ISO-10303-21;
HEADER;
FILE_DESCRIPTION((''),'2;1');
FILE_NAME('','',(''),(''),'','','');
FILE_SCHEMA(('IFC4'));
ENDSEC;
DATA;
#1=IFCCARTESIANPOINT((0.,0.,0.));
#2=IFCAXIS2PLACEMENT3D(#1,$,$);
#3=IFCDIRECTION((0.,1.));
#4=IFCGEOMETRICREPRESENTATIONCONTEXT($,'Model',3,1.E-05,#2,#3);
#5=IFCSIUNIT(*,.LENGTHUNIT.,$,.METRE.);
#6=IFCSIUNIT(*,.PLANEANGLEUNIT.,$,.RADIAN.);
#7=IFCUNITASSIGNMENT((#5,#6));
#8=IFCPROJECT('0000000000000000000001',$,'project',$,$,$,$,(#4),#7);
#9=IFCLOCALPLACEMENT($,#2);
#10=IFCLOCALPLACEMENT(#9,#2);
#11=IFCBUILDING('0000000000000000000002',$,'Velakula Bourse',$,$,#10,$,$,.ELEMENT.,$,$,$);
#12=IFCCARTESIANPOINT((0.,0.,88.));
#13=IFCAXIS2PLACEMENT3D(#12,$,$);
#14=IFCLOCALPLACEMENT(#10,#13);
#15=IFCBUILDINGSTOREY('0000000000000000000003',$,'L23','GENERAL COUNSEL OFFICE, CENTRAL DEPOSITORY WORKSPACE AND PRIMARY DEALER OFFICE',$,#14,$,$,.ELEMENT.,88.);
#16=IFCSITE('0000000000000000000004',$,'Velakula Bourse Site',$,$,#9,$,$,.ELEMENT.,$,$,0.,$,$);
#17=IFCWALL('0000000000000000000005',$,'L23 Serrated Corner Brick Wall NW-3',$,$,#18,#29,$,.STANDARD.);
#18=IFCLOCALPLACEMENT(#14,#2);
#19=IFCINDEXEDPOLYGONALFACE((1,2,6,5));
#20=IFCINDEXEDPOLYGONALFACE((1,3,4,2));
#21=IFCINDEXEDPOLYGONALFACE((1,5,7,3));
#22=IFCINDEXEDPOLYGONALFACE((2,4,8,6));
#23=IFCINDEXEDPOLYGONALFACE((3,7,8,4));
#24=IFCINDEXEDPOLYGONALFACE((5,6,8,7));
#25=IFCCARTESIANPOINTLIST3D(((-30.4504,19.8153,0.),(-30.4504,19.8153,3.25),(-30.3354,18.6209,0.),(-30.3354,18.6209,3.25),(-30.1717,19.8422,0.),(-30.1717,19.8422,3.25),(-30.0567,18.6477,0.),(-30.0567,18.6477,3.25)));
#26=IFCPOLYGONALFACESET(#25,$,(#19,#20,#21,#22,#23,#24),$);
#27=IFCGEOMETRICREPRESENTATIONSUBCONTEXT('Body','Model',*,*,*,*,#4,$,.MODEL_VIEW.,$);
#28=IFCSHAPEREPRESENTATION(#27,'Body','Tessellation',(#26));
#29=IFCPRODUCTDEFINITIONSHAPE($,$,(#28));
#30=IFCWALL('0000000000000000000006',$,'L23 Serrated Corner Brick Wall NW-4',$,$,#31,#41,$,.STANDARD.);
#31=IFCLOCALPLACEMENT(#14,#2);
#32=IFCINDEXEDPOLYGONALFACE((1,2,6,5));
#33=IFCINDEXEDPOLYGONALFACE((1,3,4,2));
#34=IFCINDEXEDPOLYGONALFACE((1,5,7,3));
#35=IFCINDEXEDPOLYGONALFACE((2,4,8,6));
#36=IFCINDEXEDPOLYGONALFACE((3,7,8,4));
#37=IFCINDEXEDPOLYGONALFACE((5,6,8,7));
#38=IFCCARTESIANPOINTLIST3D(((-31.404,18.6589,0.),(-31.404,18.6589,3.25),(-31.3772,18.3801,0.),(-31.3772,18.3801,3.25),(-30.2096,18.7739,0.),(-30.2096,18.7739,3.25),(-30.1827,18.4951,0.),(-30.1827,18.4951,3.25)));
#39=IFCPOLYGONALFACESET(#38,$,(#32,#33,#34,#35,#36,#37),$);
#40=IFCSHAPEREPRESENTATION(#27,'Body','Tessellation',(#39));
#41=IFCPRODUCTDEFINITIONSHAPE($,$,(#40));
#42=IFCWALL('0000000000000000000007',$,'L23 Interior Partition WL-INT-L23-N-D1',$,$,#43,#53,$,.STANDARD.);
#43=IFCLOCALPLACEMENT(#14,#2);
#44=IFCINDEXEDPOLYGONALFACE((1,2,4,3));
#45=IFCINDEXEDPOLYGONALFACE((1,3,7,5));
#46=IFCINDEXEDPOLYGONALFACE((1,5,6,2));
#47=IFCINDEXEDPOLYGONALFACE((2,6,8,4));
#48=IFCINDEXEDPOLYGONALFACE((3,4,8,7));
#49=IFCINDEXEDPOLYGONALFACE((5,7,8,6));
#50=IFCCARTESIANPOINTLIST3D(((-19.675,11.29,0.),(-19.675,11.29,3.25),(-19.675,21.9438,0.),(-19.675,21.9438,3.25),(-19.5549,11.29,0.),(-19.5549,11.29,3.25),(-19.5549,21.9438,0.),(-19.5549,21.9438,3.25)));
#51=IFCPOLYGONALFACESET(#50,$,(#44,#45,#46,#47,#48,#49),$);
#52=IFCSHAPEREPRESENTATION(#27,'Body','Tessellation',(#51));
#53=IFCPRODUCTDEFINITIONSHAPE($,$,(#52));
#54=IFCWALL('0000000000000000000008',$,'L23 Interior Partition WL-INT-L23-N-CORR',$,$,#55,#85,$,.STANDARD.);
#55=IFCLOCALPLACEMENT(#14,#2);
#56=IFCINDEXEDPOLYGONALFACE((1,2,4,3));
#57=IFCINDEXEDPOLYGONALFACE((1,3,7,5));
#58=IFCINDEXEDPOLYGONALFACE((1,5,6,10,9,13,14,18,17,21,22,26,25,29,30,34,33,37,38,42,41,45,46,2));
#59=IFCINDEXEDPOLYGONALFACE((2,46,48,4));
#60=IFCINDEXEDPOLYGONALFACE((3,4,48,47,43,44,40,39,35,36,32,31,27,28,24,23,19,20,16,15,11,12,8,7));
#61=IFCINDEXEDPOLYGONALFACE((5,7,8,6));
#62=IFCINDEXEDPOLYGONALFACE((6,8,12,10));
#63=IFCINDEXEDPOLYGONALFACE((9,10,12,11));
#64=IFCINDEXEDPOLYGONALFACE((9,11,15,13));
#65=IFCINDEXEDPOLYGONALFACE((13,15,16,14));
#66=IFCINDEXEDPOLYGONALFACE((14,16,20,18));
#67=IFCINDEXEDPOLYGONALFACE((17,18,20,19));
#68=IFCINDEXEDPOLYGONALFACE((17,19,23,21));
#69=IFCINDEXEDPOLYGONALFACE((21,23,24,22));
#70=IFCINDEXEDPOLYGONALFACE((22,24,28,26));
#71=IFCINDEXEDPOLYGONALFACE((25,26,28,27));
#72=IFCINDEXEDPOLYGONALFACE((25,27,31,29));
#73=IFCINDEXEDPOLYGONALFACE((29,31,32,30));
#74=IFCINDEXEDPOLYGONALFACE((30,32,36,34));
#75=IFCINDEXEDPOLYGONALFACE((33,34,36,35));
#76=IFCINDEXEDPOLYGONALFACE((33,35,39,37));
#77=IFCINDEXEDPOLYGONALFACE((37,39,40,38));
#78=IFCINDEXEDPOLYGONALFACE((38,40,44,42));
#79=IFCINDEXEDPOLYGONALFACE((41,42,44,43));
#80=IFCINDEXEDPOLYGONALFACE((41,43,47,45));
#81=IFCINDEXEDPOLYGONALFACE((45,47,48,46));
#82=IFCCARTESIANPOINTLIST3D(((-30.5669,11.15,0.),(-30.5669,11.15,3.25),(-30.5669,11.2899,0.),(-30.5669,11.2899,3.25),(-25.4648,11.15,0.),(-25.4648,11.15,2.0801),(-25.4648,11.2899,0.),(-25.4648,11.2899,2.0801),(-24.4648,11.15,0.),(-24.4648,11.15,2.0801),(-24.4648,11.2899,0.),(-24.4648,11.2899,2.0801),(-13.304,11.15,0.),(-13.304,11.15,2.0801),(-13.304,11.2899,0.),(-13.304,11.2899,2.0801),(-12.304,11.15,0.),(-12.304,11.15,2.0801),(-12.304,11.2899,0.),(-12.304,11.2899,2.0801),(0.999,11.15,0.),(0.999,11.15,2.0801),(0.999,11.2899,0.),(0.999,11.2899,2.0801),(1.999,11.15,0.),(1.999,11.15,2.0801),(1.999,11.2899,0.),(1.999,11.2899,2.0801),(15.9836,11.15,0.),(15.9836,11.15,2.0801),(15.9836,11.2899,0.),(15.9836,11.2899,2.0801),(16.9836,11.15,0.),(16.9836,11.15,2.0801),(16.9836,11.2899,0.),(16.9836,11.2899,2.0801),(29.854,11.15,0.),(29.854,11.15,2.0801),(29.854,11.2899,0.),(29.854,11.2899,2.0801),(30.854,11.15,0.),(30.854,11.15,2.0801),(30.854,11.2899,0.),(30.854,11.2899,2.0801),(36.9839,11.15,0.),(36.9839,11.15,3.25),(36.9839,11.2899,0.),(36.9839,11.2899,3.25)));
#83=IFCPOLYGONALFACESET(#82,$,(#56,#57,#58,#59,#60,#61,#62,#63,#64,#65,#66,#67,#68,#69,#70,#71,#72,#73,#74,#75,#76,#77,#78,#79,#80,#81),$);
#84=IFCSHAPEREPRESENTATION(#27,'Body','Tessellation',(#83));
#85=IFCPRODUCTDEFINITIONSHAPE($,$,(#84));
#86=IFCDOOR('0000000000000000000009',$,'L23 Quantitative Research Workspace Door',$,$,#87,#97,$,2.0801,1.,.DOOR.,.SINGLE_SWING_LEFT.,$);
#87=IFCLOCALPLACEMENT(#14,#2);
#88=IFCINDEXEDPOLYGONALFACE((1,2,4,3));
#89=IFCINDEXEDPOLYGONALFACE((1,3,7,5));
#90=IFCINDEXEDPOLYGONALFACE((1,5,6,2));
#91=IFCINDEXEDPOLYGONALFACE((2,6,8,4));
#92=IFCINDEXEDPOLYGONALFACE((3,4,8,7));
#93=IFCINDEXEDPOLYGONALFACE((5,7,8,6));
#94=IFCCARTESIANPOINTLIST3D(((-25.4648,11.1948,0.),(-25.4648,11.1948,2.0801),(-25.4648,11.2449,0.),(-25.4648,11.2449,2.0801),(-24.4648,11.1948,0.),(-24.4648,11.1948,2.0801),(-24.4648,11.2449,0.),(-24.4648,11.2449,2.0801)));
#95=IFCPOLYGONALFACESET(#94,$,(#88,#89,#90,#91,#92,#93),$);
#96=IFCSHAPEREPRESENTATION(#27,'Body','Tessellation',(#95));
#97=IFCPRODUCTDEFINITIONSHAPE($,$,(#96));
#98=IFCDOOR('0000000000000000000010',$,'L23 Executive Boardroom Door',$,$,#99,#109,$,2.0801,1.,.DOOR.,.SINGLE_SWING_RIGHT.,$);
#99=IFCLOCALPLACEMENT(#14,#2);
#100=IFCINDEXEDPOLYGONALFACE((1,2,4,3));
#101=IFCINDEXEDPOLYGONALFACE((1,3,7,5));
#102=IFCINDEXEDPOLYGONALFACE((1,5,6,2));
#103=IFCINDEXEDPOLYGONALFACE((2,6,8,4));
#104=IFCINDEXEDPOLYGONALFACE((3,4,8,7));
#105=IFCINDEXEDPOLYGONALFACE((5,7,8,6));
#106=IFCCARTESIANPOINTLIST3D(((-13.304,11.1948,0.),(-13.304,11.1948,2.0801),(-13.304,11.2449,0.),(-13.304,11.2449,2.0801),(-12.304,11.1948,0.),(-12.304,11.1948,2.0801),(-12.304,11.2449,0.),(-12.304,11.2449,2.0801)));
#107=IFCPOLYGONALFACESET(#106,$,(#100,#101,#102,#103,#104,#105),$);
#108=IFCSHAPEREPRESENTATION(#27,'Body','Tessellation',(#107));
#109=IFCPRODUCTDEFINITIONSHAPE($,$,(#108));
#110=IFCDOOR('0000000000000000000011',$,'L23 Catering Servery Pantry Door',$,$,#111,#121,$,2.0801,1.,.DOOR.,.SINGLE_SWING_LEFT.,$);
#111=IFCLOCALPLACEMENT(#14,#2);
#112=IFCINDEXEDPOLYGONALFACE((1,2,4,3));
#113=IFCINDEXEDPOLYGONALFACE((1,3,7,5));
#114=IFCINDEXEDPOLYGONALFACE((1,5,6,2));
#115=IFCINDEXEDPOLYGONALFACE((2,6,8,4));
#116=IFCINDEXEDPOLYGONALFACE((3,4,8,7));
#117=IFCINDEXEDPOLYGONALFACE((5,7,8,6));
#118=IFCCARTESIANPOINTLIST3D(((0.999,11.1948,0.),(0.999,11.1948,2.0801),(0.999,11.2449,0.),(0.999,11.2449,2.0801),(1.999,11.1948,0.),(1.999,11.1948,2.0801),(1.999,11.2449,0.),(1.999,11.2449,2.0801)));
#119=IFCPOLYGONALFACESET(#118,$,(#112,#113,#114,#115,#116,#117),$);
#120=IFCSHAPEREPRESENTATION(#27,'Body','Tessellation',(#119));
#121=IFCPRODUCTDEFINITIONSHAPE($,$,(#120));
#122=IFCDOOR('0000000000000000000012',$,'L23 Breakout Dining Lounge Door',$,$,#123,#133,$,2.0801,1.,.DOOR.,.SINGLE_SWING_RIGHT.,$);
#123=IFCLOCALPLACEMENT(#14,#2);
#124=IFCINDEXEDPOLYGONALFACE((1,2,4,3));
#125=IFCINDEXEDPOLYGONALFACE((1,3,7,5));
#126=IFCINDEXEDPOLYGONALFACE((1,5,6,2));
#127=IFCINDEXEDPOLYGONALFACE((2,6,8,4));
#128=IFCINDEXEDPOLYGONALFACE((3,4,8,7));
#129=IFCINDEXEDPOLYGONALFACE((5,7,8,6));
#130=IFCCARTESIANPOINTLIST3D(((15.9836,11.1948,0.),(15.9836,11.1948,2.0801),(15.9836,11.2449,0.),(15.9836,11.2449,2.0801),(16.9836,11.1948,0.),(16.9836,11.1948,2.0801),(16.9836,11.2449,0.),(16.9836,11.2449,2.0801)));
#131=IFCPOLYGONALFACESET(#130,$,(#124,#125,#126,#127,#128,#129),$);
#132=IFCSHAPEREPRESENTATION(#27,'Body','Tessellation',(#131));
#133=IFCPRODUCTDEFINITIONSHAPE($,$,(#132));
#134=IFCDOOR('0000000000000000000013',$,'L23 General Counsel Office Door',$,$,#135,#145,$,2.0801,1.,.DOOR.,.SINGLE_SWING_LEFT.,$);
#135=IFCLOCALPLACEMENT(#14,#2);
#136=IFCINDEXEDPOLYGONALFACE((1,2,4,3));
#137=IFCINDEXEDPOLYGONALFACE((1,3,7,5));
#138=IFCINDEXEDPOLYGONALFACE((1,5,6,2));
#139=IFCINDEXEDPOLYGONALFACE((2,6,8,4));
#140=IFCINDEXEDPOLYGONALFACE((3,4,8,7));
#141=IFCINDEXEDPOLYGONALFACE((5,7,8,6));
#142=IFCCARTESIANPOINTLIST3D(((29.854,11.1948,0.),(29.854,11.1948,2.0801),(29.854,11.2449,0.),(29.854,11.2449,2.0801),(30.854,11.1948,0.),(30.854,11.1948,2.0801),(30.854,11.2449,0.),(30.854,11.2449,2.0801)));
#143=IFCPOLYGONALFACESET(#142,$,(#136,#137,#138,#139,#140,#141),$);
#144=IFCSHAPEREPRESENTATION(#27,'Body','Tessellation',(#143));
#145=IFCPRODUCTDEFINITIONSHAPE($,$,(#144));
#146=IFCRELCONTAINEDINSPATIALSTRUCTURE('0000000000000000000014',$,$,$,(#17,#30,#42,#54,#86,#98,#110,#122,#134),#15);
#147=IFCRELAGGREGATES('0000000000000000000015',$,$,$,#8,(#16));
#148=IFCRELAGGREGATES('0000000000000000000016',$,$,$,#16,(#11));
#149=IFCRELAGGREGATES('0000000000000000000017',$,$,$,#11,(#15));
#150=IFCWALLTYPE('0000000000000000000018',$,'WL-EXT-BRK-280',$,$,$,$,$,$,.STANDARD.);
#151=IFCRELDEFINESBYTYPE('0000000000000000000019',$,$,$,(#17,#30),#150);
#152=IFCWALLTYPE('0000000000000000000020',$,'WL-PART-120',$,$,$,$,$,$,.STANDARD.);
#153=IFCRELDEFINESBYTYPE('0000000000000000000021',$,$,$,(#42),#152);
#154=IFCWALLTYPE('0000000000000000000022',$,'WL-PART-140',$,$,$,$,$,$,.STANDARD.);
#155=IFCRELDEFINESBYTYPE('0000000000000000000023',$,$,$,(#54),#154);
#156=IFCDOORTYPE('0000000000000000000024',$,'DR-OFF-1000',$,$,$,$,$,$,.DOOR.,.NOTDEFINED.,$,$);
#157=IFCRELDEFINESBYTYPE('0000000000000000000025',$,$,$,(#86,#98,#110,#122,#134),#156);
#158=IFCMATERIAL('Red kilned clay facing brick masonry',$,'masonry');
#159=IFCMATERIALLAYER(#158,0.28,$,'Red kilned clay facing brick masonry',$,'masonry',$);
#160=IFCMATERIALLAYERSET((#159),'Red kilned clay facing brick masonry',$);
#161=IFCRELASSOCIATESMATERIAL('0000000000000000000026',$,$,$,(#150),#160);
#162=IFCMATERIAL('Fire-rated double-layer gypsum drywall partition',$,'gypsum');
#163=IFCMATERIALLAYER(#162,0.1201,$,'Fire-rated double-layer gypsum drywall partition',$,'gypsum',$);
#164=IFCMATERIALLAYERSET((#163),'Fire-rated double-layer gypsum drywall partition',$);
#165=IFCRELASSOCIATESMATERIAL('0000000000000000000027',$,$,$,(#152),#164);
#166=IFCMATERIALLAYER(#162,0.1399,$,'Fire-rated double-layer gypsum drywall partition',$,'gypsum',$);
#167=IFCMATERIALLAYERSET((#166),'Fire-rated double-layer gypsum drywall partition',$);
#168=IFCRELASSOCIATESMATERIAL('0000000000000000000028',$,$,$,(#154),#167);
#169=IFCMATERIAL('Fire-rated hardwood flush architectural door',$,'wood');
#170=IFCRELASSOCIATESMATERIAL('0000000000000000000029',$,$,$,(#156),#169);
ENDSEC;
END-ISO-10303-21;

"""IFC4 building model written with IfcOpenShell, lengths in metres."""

from ifc_helpers import new_model, si_unit, direction, frame, frame_2d, origin, place, context, subcontext, project, spatial, rectangle, extrude, material, layer, layer_set, type_object, element, fill, save


model = new_model("IFC4")

# Units and contexts
model_context = context("Model", 3, precision=1e-05, world=origin(), true_north=direction((0.0, 1.0)))
body_context = subcontext(model_context, "Body", "Model", "MODEL_VIEW")
ifc_project = project(units=[si_unit("LENGTHUNIT", "METRE"), si_unit("PLANEANGLEUNIT", "RADIAN")], contexts=[model_context])

# Site, building, storey
site_placement = place(None, origin())
site = spatial("IfcSite", under=ifc_project, at=site_placement, Name="Velakula Bourse Site", CompositionType="ELEMENT", RefElevation=0.0)
building_placement = place(site_placement, origin())
building = spatial("IfcBuilding", under=site, at=building_placement, Name="Velakula Bourse", CompositionType="ELEMENT")
storey_placement = place(building_placement, frame((0.0, 0.0, 88.0)))
storey = spatial("IfcBuildingStorey", under=building, at=storey_placement, Name="L23", Description="GENERAL COUNSEL OFFICE, CENTRAL DEPOSITORY WORKSPACE AND PRIMARY DEALER OFFICE", CompositionType="ELEMENT", Elevation=88.0)

# Shared definitions
ifc_material_1 = material(Name="Red kilned clay facing brick masonry", Category="masonry")
ifc_layer_1 = layer(ifc_material_1, 0.28, Name="Red kilned clay facing brick masonry", Category="masonry")
ifc_layer_set_1 = layer_set([ifc_layer_1], Name="Red kilned clay facing brick masonry")
wall_type_1 = type_object("IfcWallType", Name="WL-EXT-BRK-280", PredefinedType="STANDARD", material=ifc_layer_set_1)

# Walls
for number, where, z_axis, x_axis, name in (
    (1, (-30.311, 19.8289, 0.0), (0.0, 0.0, 1.0), (0.095836, -0.995397, 0.0), "L23 Serrated Corner Brick Wall NW-3"),
    (2, (-30.196, 18.6345, 0.0), (0.0, 0.0, 1.0), (-0.995397, -0.095836, 0.0), "L23 Serrated Corner Brick Wall NW-4"),
):
    element("IfcWall", number, at=place(storey_placement, frame(where, z_axis=z_axis, x_axis=x_axis)), inside=storey, type_object=wall_type_1, Name=name, PredefinedType="STANDARD", context=body_context, shape_type="SweptSolid", body=[
        extrude(rectangle(XDim=1.2, YDim=0.28, at=frame_2d((0.6001, 0.0))), origin(), (0.0, 0.0, 1.0), 3.25),
    ])
ifc_material_2 = material(Name="Fire-rated double-layer gypsum drywall partition", Category="gypsum")
ifc_layer_2 = layer(ifc_material_2, 0.1201, Name="Fire-rated double-layer gypsum drywall partition", Category="gypsum")
ifc_layer_set_2 = layer_set([ifc_layer_2], Name="Fire-rated double-layer gypsum drywall partition")
wall_type_2 = type_object("IfcWallType", Name="WL-PART-120", PredefinedType="STANDARD", material=ifc_layer_set_2)
wall_1_placement = place(storey_placement, frame((-19.615, 11.29, 0.0), z_axis=(0.0, 0.0, 1.0), x_axis=(0.0, 1.0, 0.0)))
element("IfcWall", 3, at=wall_1_placement, inside=storey, type_object=wall_type_2, Name="L23 Interior Partition WL-INT-L23-N-D1", PredefinedType="STANDARD", context=body_context, shape_type="SweptSolid", body=[
    extrude(rectangle(XDim=10.6538, YDim=0.1201, at=frame_2d((5.3269, 0.0))), origin(), (0.0, 0.0, 1.0), 3.25),
])

# Wall, openings, doors
ifc_layer_3 = layer(ifc_material_2, 0.1399, Name="Fire-rated double-layer gypsum drywall partition", Category="gypsum")
ifc_layer_set_3 = layer_set([ifc_layer_3], Name="Fire-rated double-layer gypsum drywall partition")
wall_type_3 = type_object("IfcWallType", Name="WL-PART-140", PredefinedType="STANDARD", material=ifc_layer_set_3)
wall_2_placement = place(storey_placement, frame((-30.5669, 11.22, 0.0), z_axis=(0.0, 0.0, 1.0), x_axis=(1.0, 0.0, 0.0)))
wall_2 = element("IfcWall", 4, at=wall_2_placement, inside=storey, type_object=wall_type_3, Name="L23 Interior Partition WL-INT-L23-N-CORR", PredefinedType="STANDARD", context=body_context, shape_type="SweptSolid", body=[
    extrude(rectangle(XDim=67.5508, YDim=0.1399, at=frame_2d((33.7754, 0.0))), origin(), (0.0, 0.0, 1.0), 3.25),
])
opening_1_placement = place(wall_2_placement, frame((5.1021, 0.0, 0.0)))
opening_1 = element("IfcOpeningElement", 5, at=opening_1_placement, cuts=wall_2, PredefinedType="OPENING", context=body_context, shape_type="SweptSolid", body=[
    extrude(rectangle(XDim=1.0, YDim=2.0801, at=frame_2d((0.5, 1.04))), frame((0.0, 0.0798, 0.0), z_axis=(0.0, -1.0, 0.0), x_axis=(1.0, 0.0, 0.0)), (0.0, 0.0, 1.0), 0.1599),
])
opening_2_placement = place(wall_2_placement, frame((17.2629, 0.0, 0.0)))
opening_2 = element("IfcOpeningElement", 6, at=opening_2_placement, cuts=wall_2, PredefinedType="OPENING", context=body_context, shape_type="SweptSolid", body=[
    extrude(rectangle(XDim=1.0, YDim=2.0801, at=frame_2d((0.5, 1.04))), frame((0.0, 0.0798, 0.0), z_axis=(0.0, -1.0, 0.0), x_axis=(1.0, 0.0, 0.0)), (0.0, 0.0, 1.0), 0.1599),
])
opening_3_placement = place(wall_2_placement, frame((31.5659, 0.0, 0.0)))
opening_3 = element("IfcOpeningElement", 7, at=opening_3_placement, cuts=wall_2, PredefinedType="OPENING", context=body_context, shape_type="SweptSolid", body=[
    extrude(rectangle(XDim=1.0, YDim=2.0801, at=frame_2d((0.5, 1.04))), frame((0.0, 0.0798, 0.0), z_axis=(0.0, -1.0, 0.0), x_axis=(1.0, 0.0, 0.0)), (0.0, 0.0, 1.0), 0.1599),
])
opening_4_placement = place(wall_2_placement, frame((46.5505, 0.0, 0.0)))
opening_4 = element("IfcOpeningElement", 8, at=opening_4_placement, cuts=wall_2, PredefinedType="OPENING", context=body_context, shape_type="SweptSolid", body=[
    extrude(rectangle(XDim=1.0, YDim=2.0801, at=frame_2d((0.5, 1.04))), frame((0.0, 0.0798, 0.0), z_axis=(0.0, -1.0, 0.0), x_axis=(1.0, 0.0, 0.0)), (0.0, 0.0, 1.0), 0.1599),
])
opening_5_placement = place(wall_2_placement, frame((60.4209, 0.0, 0.0)))
opening_5 = element("IfcOpeningElement", 9, at=opening_5_placement, cuts=wall_2, PredefinedType="OPENING", context=body_context, shape_type="SweptSolid", body=[
    extrude(rectangle(XDim=1.0, YDim=2.0801, at=frame_2d((0.5, 1.04))), frame((0.0, 0.0798, 0.0), z_axis=(0.0, -1.0, 0.0), x_axis=(1.0, 0.0, 0.0)), (0.0, 0.0, 1.0), 0.1599),
])
ifc_material_3 = material(Name="Fire-rated hardwood flush architectural door", Category="wood")
door_type = type_object("IfcDoorType", Name="DR-OFF-1000", OperationType="NOTDEFINED", PredefinedType="DOOR", material=ifc_material_3)
door_1_placement = place(opening_1_placement, origin())
door_1 = element("IfcDoor", 10, at=door_1_placement, inside=storey, type_object=door_type, Name="L23 Quantitative Research Workspace Door", OperationType="SINGLE_SWING_LEFT", OverallHeight=2.0801, OverallWidth=1.0, PredefinedType="DOOR", context=body_context, shape_type="SweptSolid", body=[
    extrude(rectangle(XDim=1.0, YDim=2.0801, at=frame_2d((0.5, 1.04))), frame((0.0, 0.0249, 0.0), z_axis=(0.0, -1.0, 0.0), x_axis=(1.0, 0.0, 0.0)), (0.0, 0.0, 1.0), 0.05),
])
fill(opening_1, door_1)
door_2_placement = place(opening_2_placement, origin())
door_2 = element("IfcDoor", 11, at=door_2_placement, inside=storey, type_object=door_type, Name="L23 Executive Boardroom Door", OperationType="SINGLE_SWING_RIGHT", OverallHeight=2.0801, OverallWidth=1.0, PredefinedType="DOOR", context=body_context, shape_type="SweptSolid", body=[
    extrude(rectangle(XDim=1.0, YDim=2.0801, at=frame_2d((0.5, 1.04))), frame((0.0, 0.0249, 0.0), z_axis=(0.0, -1.0, 0.0), x_axis=(1.0, 0.0, 0.0)), (0.0, 0.0, 1.0), 0.05),
])
fill(opening_2, door_2)
door_3_placement = place(opening_3_placement, origin())
door_3 = element("IfcDoor", 12, at=door_3_placement, inside=storey, type_object=door_type, Name="L23 Catering Servery Pantry Door", OperationType="SINGLE_SWING_LEFT", OverallHeight=2.0801, OverallWidth=1.0, PredefinedType="DOOR", context=body_context, shape_type="SweptSolid", body=[
    extrude(rectangle(XDim=1.0, YDim=2.0801, at=frame_2d((0.5, 1.04))), frame((0.0, 0.0249, 0.0), z_axis=(0.0, -1.0, 0.0), x_axis=(1.0, 0.0, 0.0)), (0.0, 0.0, 1.0), 0.05),
])
fill(opening_3, door_3)
door_4_placement = place(opening_4_placement, origin())
door_4 = element("IfcDoor", 13, at=door_4_placement, inside=storey, type_object=door_type, Name="L23 Breakout Dining Lounge Door", OperationType="SINGLE_SWING_RIGHT", OverallHeight=2.0801, OverallWidth=1.0, PredefinedType="DOOR", context=body_context, shape_type="SweptSolid", body=[
    extrude(rectangle(XDim=1.0, YDim=2.0801, at=frame_2d((0.5, 1.04))), frame((0.0, 0.0249, 0.0), z_axis=(0.0, -1.0, 0.0), x_axis=(1.0, 0.0, 0.0)), (0.0, 0.0, 1.0), 0.05),
])
fill(opening_4, door_4)
door_5_placement = place(opening_5_placement, origin())
door_5 = element("IfcDoor", 14, at=door_5_placement, inside=storey, type_object=door_type, Name="L23 General Counsel Office Door", OperationType="SINGLE_SWING_LEFT", OverallHeight=2.0801, OverallWidth=1.0, PredefinedType="DOOR", context=body_context, shape_type="SweptSolid", body=[
    extrude(rectangle(XDim=1.0, YDim=2.0801, at=frame_2d((0.5, 1.04))), frame((0.0, 0.0249, 0.0), z_axis=(0.0, -1.0, 0.0), x_axis=(1.0, 0.0, 0.0)), (0.0, 0.0, 1.0), 0.05),
])
fill(opening_5, door_5)

save(model, "model.ifc")
